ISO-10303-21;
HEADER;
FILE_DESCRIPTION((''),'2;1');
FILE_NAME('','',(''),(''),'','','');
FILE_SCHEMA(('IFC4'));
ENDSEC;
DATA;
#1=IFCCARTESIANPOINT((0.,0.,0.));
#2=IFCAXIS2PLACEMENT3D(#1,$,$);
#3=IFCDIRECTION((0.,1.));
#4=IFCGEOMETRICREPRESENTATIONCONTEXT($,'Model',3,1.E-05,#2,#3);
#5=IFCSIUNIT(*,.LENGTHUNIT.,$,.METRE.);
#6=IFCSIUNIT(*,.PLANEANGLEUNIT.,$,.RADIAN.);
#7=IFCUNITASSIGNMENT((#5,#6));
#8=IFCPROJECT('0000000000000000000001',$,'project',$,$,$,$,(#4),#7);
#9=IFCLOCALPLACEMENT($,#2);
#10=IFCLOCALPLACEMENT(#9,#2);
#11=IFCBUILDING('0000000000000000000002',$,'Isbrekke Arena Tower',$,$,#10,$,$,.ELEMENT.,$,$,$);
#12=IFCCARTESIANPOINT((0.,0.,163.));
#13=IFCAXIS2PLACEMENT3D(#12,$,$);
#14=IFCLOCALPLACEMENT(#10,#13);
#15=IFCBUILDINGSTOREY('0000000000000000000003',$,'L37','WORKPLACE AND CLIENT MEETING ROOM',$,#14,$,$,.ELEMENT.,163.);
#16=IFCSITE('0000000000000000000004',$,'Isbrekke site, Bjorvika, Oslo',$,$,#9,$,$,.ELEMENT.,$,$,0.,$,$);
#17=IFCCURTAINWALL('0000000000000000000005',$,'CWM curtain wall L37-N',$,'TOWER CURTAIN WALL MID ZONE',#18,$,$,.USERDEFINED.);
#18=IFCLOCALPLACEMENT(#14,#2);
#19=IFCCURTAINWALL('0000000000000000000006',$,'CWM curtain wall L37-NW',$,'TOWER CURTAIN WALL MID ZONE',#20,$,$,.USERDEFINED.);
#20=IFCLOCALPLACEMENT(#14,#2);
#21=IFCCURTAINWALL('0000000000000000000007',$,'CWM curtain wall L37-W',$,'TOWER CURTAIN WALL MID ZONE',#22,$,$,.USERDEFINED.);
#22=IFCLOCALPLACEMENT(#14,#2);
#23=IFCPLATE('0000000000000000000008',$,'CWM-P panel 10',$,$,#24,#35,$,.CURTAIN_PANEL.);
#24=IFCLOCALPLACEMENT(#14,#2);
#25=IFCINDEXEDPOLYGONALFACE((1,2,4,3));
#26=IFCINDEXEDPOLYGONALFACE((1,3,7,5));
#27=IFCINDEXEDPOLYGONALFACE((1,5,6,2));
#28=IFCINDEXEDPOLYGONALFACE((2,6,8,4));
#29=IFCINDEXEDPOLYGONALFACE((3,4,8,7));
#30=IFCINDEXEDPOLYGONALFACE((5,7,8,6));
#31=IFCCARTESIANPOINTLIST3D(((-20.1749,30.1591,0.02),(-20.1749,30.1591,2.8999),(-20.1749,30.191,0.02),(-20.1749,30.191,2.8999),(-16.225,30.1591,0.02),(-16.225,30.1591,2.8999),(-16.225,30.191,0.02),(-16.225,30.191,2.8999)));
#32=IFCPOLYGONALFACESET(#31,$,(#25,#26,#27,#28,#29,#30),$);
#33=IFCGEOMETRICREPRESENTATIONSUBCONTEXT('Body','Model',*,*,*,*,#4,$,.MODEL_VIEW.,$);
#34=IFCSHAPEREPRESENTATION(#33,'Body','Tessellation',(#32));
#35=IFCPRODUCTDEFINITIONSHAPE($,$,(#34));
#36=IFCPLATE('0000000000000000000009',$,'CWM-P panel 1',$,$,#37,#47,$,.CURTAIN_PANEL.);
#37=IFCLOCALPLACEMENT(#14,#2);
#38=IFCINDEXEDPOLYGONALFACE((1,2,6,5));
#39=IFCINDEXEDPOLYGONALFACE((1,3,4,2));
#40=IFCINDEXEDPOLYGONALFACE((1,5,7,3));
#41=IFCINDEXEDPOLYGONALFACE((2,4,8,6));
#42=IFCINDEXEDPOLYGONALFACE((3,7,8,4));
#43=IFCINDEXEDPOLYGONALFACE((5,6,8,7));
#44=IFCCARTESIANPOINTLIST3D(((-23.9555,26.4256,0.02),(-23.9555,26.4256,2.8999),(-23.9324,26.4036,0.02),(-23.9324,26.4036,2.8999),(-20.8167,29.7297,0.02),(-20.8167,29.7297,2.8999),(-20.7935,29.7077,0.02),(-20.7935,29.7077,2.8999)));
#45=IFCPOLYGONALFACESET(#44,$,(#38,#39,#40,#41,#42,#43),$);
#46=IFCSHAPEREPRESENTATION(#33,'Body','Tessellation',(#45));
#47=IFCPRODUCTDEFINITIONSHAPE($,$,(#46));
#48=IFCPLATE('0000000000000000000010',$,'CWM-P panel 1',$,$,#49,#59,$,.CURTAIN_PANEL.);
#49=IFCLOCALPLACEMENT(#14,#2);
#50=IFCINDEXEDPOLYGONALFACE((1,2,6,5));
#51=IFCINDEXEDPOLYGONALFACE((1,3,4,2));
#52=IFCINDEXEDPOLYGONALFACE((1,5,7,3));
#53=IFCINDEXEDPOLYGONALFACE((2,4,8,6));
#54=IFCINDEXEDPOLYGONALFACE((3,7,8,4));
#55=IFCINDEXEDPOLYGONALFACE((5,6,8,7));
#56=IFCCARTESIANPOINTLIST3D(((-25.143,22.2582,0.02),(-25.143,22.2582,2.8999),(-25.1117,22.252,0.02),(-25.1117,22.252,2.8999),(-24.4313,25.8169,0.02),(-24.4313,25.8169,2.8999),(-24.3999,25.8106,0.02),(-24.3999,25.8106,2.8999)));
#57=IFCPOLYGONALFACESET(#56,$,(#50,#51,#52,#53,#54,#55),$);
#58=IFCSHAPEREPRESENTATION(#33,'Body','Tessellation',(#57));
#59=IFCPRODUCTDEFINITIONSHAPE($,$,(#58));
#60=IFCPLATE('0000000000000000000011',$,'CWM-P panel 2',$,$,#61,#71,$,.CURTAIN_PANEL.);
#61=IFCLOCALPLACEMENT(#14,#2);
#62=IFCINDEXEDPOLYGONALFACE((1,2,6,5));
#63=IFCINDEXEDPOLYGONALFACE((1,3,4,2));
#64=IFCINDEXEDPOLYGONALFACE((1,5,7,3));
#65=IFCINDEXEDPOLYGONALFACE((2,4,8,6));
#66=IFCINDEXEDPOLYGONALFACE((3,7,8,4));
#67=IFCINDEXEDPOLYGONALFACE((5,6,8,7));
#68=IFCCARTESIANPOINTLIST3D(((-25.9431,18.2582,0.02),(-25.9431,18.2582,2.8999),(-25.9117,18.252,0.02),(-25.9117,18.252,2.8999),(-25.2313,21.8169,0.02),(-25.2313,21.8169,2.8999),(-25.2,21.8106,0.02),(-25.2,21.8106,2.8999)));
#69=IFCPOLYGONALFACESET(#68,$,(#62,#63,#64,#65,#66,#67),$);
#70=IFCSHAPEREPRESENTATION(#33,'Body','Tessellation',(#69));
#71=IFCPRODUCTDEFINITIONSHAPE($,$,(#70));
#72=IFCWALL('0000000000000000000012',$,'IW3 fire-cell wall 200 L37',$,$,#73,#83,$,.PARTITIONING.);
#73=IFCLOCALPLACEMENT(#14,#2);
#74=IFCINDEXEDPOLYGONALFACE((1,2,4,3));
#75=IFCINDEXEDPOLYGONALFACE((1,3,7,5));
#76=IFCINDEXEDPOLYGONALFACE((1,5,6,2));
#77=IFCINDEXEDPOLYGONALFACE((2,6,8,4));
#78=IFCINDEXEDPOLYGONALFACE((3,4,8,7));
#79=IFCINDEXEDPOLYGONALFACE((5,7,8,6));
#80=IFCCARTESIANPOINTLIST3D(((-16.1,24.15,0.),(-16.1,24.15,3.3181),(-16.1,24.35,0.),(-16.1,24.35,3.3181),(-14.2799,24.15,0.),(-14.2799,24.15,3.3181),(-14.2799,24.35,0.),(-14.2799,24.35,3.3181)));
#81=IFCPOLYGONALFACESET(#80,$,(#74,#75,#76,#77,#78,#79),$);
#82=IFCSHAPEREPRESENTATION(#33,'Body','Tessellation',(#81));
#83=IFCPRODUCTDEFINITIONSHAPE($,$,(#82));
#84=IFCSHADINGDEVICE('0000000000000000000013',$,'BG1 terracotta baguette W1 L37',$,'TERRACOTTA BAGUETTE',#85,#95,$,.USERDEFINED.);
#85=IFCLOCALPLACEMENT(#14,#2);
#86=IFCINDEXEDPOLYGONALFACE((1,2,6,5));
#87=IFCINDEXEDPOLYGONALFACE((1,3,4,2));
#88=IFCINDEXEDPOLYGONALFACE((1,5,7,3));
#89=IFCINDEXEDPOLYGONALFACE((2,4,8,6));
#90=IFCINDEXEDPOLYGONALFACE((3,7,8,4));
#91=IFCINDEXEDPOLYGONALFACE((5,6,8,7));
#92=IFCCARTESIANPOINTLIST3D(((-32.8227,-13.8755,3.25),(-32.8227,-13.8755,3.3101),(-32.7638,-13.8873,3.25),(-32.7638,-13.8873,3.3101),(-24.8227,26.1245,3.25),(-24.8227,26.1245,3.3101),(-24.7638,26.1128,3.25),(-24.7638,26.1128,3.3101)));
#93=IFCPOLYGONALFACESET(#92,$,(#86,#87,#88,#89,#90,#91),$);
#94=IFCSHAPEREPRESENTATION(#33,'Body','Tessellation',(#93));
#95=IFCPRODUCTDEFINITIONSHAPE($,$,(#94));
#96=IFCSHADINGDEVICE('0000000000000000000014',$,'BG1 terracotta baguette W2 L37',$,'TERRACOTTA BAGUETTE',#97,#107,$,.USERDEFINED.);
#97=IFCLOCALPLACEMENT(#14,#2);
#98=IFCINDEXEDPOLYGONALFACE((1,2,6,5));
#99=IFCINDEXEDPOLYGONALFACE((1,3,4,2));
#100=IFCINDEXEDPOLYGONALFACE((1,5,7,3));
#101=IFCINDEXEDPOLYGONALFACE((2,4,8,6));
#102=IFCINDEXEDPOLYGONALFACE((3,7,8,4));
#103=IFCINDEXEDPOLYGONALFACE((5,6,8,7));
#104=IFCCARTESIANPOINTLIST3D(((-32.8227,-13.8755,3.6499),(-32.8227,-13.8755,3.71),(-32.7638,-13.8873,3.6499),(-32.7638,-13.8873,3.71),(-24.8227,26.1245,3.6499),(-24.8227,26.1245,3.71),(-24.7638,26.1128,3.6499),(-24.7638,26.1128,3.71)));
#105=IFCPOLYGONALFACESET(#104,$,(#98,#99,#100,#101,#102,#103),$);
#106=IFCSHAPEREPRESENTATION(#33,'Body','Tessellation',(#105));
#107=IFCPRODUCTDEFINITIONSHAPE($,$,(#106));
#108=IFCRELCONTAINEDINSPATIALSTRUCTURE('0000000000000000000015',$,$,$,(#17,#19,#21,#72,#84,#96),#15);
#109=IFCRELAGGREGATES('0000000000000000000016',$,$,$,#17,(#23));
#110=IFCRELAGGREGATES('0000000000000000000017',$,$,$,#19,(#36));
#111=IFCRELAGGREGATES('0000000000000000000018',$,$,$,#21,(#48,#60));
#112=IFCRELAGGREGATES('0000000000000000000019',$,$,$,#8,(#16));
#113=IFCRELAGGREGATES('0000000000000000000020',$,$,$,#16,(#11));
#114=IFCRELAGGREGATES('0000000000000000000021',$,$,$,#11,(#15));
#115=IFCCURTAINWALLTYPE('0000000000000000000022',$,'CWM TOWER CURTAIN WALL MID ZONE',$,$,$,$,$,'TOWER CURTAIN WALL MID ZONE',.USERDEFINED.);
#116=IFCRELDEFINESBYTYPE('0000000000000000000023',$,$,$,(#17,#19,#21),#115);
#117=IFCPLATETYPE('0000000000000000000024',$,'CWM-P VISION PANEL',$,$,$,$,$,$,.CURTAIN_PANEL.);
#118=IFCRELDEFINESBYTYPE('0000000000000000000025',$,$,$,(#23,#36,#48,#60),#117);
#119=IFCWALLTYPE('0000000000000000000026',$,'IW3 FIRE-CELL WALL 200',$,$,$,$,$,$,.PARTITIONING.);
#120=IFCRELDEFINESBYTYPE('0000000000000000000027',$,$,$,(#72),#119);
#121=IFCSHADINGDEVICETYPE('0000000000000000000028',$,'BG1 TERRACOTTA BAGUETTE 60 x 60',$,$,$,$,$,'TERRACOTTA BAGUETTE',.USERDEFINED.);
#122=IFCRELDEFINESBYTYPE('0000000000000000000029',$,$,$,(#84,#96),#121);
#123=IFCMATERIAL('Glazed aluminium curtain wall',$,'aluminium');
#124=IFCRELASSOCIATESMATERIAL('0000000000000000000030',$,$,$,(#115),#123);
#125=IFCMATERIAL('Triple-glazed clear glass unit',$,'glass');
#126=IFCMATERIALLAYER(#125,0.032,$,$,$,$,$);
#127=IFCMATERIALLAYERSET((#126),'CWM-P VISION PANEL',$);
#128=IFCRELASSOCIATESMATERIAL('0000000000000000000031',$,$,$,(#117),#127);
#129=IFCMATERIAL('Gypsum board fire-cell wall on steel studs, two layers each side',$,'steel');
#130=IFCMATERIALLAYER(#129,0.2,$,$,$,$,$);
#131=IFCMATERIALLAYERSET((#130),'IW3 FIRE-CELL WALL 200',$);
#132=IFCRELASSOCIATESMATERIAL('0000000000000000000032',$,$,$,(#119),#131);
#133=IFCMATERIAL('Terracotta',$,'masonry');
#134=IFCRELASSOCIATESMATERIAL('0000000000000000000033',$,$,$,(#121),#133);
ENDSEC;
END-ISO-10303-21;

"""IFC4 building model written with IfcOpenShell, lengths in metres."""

from ifc_helpers import new_model, si_unit, direction, frame, frame_2d, origin, origin_2d, place, context, subcontext, project, spatial, rectangle, extrude, material, layer, layer_set, material_profile, profile_set, type_object, element, aggregate, save


model = new_model("IFC4")

# Units and contexts
model_context = context("Model", 3, precision=1e-05, world=origin(), true_north=direction((0.0, 1.0)))
body_context = subcontext(model_context, "Body", "Model", "MODEL_VIEW")
ifc_project = project(units=[si_unit("LENGTHUNIT", "METRE"), si_unit("PLANEANGLEUNIT", "RADIAN")], contexts=[model_context])

# Site, building, storey
site_placement = place(None, origin())
site = spatial("IfcSite", under=ifc_project, at=site_placement, Name="Isbrekke site, Bjorvika, Oslo", CompositionType="ELEMENT", RefElevation=0.0)
building_placement = place(site_placement, origin())
building = spatial("IfcBuilding", under=site, at=building_placement, Name="Isbrekke Arena Tower", CompositionType="ELEMENT")
storey_placement = place(building_placement, frame((0.0, 0.0, 163.0)))
storey = spatial("IfcBuildingStorey", under=building, at=storey_placement, Name="L37", Description="WORKPLACE AND CLIENT MEETING ROOM", CompositionType="ELEMENT", Elevation=163.0)

# Curtain wall
ifc_material_1 = material(Name="Glazed aluminium curtain wall", Category="aluminium")
curtain_wall_type = type_object("IfcCurtainWallType", Name="CWM TOWER CURTAIN WALL MID ZONE", ElementType="TOWER CURTAIN WALL MID ZONE", PredefinedType="USERDEFINED", material=ifc_material_1)
curtain_wall_1_placement = place(storey_placement, origin())
curtain_wall_1 = element("IfcCurtainWall", 1, at=curtain_wall_1_placement, inside=storey, type_object=curtain_wall_type, Name="CWM curtain wall L37-N", ObjectType="TOWER CURTAIN WALL MID ZONE", PredefinedType="USERDEFINED")

# Curtain walls
curtain_wall_2_placement = place(storey_placement, origin())
curtain_wall_2 = element("IfcCurtainWall", 2, at=curtain_wall_2_placement, inside=storey, type_object=curtain_wall_type, Name="CWM curtain wall L37-NW", ObjectType="TOWER CURTAIN WALL MID ZONE", PredefinedType="USERDEFINED")
curtain_wall_3_placement = place(storey_placement, origin())
curtain_wall_3 = element("IfcCurtainWall", 3, at=curtain_wall_3_placement, inside=storey, type_object=curtain_wall_type, Name="CWM curtain wall L37-W", ObjectType="TOWER CURTAIN WALL MID ZONE", PredefinedType="USERDEFINED")

# Plates
ifc_material_2 = material(Name="Triple-glazed clear glass unit", Category="glass")
ifc_layer_1 = layer(ifc_material_2, 0.032)
ifc_layer_set_1 = layer_set([ifc_layer_1], Name="CWM-P VISION PANEL")
plate_type = type_object("IfcPlateType", Name="CWM-P VISION PANEL", PredefinedType="CURTAIN_PANEL", material=ifc_layer_set_1)
plate_1_placement = place(storey_placement, frame((-18.2, 30.175, 0.02), z_axis=(0.0, 0.0, 1.0), x_axis=(-1.0, 0.0, 0.0)))
plate_1 = element("IfcPlate", 4, at=plate_1_placement, type_object=plate_type, Name="CWM-P panel 10", PredefinedType="CURTAIN_PANEL", context=body_context, shape_type="SweptSolid", body=[
    extrude(rectangle(XDim=3.95, YDim=0.032, at=origin_2d()), origin(), (0.0, 0.0, 1.0), 2.8799),
])
aggregate(curtain_wall_1, [plate_1])
plate_2_placement = place(storey_placement, frame((-22.3745, 28.0667, 0.02), z_axis=(0.0, 0.0, 1.0), x_axis=(-0.688749, -0.724999, 0.0)))
plate_2 = element("IfcPlate", 5, at=plate_2_placement, type_object=plate_type, Name="CWM-P panel 1", PredefinedType="CURTAIN_PANEL", context=body_context, shape_type="SweptSolid", body=[
    extrude(rectangle(XDim=4.5574, YDim=0.032, at=origin_2d()), origin(), (0.0, 0.0, 1.0), 2.8799),
])
aggregate(curtain_wall_2, [plate_2])
plate_3_placement = place(storey_placement, frame((-24.7715, 24.0344, 0.02), z_axis=(0.0, 0.0, 1.0), x_axis=(-0.196116, -0.980581, 0.0)))
plate_3 = element("IfcPlate", 6, at=plate_3_placement, type_object=plate_type, Name="CWM-P panel 1", PredefinedType="CURTAIN_PANEL", context=body_context, shape_type="SweptSolid", body=[
    extrude(rectangle(XDim=3.6292, YDim=0.032, at=origin_2d()), origin(), (0.0, 0.0, 1.0), 2.8799),
])
plate_4_placement = place(storey_placement, frame((-25.5715, 20.0344, 0.02), z_axis=(0.0, 0.0, 1.0), x_axis=(-0.196116, -0.980581, 0.0)))
plate_4 = element("IfcPlate", 7, at=plate_4_placement, type_object=plate_type, Name="CWM-P panel 2", PredefinedType="CURTAIN_PANEL", context=body_context, shape_type="SweptSolid", body=[
    extrude(rectangle(XDim=3.6292, YDim=0.032, at=origin_2d()), origin(), (0.0, 0.0, 1.0), 2.8799),
])
aggregate(curtain_wall_3, [plate_3, plate_4])

# Wall
ifc_material_3 = material(Name="Gypsum board fire-cell wall on steel studs, two layers each side", Category="steel")
ifc_layer_2 = layer(ifc_material_3, 0.2)
ifc_layer_set_2 = layer_set([ifc_layer_2], Name="IW3 FIRE-CELL WALL 200")
wall_type = type_object("IfcWallType", Name="IW3 FIRE-CELL WALL 200", PredefinedType="PARTITIONING", material=ifc_layer_set_2)
wall_placement = place(storey_placement, frame((-16.1001, 24.25, 0.0), z_axis=(0.0, 0.0, 1.0), x_axis=(1.0, 0.0, 0.0)))
element("IfcWall", 8, at=wall_placement, inside=storey, type_object=wall_type, Name="IW3 fire-cell wall 200 L37", PredefinedType="PARTITIONING", context=body_context, shape_type="SweptSolid", body=[
    extrude(rectangle(XDim=1.8201, YDim=0.2, at=frame_2d((0.9102, 0.0))), origin(), (0.0, 0.0, 1.0), 3.3181),
])

# Shading devices
ifc_material_4 = material(Name="Terracotta", Category="masonry")
ifc_material_profile_1 = material_profile(ifc_material_4, rectangle(XDim=0.0601, YDim=0.0601, at=origin_2d()), Name="BAGUETTE 60X60")
ifc_profile_set_1 = profile_set([ifc_material_profile_1], Name="Terracotta")
shading_device_type = type_object("IfcShadingDeviceType", Name="BG1 TERRACOTTA BAGUETTE 60 x 60", ElementType="TERRACOTTA BAGUETTE", PredefinedType="USERDEFINED", material=ifc_profile_set_1)
for number, where, z_axis, x_axis, name in (
    (9, (-24.7932, 26.1187, 3.28), (-0.196116, -0.980581, 0.0), (0.980581, -0.196116, 0.0), "BG1 terracotta baguette W1 L37"),
    (10, (-24.7932, 26.1187, 3.6799), (-0.196116, -0.980581, 0.0), (0.980581, -0.196116, 0.0), "BG1 terracotta baguette W2 L37"),
):
    element("IfcShadingDevice", number, at=place(storey_placement, frame(where, z_axis=z_axis, x_axis=x_axis)), inside=storey, type_object=shading_device_type, Name=name, ObjectType="TERRACOTTA BAGUETTE", PredefinedType="USERDEFINED", context=body_context, shape_type="SweptSolid", body=[
        extrude(rectangle(XDim=0.0601, YDim=0.0601, at=origin_2d()), origin(), (0.0, 0.0, 1.0), 40.7922),
    ])

save(model, "model.ifc")
